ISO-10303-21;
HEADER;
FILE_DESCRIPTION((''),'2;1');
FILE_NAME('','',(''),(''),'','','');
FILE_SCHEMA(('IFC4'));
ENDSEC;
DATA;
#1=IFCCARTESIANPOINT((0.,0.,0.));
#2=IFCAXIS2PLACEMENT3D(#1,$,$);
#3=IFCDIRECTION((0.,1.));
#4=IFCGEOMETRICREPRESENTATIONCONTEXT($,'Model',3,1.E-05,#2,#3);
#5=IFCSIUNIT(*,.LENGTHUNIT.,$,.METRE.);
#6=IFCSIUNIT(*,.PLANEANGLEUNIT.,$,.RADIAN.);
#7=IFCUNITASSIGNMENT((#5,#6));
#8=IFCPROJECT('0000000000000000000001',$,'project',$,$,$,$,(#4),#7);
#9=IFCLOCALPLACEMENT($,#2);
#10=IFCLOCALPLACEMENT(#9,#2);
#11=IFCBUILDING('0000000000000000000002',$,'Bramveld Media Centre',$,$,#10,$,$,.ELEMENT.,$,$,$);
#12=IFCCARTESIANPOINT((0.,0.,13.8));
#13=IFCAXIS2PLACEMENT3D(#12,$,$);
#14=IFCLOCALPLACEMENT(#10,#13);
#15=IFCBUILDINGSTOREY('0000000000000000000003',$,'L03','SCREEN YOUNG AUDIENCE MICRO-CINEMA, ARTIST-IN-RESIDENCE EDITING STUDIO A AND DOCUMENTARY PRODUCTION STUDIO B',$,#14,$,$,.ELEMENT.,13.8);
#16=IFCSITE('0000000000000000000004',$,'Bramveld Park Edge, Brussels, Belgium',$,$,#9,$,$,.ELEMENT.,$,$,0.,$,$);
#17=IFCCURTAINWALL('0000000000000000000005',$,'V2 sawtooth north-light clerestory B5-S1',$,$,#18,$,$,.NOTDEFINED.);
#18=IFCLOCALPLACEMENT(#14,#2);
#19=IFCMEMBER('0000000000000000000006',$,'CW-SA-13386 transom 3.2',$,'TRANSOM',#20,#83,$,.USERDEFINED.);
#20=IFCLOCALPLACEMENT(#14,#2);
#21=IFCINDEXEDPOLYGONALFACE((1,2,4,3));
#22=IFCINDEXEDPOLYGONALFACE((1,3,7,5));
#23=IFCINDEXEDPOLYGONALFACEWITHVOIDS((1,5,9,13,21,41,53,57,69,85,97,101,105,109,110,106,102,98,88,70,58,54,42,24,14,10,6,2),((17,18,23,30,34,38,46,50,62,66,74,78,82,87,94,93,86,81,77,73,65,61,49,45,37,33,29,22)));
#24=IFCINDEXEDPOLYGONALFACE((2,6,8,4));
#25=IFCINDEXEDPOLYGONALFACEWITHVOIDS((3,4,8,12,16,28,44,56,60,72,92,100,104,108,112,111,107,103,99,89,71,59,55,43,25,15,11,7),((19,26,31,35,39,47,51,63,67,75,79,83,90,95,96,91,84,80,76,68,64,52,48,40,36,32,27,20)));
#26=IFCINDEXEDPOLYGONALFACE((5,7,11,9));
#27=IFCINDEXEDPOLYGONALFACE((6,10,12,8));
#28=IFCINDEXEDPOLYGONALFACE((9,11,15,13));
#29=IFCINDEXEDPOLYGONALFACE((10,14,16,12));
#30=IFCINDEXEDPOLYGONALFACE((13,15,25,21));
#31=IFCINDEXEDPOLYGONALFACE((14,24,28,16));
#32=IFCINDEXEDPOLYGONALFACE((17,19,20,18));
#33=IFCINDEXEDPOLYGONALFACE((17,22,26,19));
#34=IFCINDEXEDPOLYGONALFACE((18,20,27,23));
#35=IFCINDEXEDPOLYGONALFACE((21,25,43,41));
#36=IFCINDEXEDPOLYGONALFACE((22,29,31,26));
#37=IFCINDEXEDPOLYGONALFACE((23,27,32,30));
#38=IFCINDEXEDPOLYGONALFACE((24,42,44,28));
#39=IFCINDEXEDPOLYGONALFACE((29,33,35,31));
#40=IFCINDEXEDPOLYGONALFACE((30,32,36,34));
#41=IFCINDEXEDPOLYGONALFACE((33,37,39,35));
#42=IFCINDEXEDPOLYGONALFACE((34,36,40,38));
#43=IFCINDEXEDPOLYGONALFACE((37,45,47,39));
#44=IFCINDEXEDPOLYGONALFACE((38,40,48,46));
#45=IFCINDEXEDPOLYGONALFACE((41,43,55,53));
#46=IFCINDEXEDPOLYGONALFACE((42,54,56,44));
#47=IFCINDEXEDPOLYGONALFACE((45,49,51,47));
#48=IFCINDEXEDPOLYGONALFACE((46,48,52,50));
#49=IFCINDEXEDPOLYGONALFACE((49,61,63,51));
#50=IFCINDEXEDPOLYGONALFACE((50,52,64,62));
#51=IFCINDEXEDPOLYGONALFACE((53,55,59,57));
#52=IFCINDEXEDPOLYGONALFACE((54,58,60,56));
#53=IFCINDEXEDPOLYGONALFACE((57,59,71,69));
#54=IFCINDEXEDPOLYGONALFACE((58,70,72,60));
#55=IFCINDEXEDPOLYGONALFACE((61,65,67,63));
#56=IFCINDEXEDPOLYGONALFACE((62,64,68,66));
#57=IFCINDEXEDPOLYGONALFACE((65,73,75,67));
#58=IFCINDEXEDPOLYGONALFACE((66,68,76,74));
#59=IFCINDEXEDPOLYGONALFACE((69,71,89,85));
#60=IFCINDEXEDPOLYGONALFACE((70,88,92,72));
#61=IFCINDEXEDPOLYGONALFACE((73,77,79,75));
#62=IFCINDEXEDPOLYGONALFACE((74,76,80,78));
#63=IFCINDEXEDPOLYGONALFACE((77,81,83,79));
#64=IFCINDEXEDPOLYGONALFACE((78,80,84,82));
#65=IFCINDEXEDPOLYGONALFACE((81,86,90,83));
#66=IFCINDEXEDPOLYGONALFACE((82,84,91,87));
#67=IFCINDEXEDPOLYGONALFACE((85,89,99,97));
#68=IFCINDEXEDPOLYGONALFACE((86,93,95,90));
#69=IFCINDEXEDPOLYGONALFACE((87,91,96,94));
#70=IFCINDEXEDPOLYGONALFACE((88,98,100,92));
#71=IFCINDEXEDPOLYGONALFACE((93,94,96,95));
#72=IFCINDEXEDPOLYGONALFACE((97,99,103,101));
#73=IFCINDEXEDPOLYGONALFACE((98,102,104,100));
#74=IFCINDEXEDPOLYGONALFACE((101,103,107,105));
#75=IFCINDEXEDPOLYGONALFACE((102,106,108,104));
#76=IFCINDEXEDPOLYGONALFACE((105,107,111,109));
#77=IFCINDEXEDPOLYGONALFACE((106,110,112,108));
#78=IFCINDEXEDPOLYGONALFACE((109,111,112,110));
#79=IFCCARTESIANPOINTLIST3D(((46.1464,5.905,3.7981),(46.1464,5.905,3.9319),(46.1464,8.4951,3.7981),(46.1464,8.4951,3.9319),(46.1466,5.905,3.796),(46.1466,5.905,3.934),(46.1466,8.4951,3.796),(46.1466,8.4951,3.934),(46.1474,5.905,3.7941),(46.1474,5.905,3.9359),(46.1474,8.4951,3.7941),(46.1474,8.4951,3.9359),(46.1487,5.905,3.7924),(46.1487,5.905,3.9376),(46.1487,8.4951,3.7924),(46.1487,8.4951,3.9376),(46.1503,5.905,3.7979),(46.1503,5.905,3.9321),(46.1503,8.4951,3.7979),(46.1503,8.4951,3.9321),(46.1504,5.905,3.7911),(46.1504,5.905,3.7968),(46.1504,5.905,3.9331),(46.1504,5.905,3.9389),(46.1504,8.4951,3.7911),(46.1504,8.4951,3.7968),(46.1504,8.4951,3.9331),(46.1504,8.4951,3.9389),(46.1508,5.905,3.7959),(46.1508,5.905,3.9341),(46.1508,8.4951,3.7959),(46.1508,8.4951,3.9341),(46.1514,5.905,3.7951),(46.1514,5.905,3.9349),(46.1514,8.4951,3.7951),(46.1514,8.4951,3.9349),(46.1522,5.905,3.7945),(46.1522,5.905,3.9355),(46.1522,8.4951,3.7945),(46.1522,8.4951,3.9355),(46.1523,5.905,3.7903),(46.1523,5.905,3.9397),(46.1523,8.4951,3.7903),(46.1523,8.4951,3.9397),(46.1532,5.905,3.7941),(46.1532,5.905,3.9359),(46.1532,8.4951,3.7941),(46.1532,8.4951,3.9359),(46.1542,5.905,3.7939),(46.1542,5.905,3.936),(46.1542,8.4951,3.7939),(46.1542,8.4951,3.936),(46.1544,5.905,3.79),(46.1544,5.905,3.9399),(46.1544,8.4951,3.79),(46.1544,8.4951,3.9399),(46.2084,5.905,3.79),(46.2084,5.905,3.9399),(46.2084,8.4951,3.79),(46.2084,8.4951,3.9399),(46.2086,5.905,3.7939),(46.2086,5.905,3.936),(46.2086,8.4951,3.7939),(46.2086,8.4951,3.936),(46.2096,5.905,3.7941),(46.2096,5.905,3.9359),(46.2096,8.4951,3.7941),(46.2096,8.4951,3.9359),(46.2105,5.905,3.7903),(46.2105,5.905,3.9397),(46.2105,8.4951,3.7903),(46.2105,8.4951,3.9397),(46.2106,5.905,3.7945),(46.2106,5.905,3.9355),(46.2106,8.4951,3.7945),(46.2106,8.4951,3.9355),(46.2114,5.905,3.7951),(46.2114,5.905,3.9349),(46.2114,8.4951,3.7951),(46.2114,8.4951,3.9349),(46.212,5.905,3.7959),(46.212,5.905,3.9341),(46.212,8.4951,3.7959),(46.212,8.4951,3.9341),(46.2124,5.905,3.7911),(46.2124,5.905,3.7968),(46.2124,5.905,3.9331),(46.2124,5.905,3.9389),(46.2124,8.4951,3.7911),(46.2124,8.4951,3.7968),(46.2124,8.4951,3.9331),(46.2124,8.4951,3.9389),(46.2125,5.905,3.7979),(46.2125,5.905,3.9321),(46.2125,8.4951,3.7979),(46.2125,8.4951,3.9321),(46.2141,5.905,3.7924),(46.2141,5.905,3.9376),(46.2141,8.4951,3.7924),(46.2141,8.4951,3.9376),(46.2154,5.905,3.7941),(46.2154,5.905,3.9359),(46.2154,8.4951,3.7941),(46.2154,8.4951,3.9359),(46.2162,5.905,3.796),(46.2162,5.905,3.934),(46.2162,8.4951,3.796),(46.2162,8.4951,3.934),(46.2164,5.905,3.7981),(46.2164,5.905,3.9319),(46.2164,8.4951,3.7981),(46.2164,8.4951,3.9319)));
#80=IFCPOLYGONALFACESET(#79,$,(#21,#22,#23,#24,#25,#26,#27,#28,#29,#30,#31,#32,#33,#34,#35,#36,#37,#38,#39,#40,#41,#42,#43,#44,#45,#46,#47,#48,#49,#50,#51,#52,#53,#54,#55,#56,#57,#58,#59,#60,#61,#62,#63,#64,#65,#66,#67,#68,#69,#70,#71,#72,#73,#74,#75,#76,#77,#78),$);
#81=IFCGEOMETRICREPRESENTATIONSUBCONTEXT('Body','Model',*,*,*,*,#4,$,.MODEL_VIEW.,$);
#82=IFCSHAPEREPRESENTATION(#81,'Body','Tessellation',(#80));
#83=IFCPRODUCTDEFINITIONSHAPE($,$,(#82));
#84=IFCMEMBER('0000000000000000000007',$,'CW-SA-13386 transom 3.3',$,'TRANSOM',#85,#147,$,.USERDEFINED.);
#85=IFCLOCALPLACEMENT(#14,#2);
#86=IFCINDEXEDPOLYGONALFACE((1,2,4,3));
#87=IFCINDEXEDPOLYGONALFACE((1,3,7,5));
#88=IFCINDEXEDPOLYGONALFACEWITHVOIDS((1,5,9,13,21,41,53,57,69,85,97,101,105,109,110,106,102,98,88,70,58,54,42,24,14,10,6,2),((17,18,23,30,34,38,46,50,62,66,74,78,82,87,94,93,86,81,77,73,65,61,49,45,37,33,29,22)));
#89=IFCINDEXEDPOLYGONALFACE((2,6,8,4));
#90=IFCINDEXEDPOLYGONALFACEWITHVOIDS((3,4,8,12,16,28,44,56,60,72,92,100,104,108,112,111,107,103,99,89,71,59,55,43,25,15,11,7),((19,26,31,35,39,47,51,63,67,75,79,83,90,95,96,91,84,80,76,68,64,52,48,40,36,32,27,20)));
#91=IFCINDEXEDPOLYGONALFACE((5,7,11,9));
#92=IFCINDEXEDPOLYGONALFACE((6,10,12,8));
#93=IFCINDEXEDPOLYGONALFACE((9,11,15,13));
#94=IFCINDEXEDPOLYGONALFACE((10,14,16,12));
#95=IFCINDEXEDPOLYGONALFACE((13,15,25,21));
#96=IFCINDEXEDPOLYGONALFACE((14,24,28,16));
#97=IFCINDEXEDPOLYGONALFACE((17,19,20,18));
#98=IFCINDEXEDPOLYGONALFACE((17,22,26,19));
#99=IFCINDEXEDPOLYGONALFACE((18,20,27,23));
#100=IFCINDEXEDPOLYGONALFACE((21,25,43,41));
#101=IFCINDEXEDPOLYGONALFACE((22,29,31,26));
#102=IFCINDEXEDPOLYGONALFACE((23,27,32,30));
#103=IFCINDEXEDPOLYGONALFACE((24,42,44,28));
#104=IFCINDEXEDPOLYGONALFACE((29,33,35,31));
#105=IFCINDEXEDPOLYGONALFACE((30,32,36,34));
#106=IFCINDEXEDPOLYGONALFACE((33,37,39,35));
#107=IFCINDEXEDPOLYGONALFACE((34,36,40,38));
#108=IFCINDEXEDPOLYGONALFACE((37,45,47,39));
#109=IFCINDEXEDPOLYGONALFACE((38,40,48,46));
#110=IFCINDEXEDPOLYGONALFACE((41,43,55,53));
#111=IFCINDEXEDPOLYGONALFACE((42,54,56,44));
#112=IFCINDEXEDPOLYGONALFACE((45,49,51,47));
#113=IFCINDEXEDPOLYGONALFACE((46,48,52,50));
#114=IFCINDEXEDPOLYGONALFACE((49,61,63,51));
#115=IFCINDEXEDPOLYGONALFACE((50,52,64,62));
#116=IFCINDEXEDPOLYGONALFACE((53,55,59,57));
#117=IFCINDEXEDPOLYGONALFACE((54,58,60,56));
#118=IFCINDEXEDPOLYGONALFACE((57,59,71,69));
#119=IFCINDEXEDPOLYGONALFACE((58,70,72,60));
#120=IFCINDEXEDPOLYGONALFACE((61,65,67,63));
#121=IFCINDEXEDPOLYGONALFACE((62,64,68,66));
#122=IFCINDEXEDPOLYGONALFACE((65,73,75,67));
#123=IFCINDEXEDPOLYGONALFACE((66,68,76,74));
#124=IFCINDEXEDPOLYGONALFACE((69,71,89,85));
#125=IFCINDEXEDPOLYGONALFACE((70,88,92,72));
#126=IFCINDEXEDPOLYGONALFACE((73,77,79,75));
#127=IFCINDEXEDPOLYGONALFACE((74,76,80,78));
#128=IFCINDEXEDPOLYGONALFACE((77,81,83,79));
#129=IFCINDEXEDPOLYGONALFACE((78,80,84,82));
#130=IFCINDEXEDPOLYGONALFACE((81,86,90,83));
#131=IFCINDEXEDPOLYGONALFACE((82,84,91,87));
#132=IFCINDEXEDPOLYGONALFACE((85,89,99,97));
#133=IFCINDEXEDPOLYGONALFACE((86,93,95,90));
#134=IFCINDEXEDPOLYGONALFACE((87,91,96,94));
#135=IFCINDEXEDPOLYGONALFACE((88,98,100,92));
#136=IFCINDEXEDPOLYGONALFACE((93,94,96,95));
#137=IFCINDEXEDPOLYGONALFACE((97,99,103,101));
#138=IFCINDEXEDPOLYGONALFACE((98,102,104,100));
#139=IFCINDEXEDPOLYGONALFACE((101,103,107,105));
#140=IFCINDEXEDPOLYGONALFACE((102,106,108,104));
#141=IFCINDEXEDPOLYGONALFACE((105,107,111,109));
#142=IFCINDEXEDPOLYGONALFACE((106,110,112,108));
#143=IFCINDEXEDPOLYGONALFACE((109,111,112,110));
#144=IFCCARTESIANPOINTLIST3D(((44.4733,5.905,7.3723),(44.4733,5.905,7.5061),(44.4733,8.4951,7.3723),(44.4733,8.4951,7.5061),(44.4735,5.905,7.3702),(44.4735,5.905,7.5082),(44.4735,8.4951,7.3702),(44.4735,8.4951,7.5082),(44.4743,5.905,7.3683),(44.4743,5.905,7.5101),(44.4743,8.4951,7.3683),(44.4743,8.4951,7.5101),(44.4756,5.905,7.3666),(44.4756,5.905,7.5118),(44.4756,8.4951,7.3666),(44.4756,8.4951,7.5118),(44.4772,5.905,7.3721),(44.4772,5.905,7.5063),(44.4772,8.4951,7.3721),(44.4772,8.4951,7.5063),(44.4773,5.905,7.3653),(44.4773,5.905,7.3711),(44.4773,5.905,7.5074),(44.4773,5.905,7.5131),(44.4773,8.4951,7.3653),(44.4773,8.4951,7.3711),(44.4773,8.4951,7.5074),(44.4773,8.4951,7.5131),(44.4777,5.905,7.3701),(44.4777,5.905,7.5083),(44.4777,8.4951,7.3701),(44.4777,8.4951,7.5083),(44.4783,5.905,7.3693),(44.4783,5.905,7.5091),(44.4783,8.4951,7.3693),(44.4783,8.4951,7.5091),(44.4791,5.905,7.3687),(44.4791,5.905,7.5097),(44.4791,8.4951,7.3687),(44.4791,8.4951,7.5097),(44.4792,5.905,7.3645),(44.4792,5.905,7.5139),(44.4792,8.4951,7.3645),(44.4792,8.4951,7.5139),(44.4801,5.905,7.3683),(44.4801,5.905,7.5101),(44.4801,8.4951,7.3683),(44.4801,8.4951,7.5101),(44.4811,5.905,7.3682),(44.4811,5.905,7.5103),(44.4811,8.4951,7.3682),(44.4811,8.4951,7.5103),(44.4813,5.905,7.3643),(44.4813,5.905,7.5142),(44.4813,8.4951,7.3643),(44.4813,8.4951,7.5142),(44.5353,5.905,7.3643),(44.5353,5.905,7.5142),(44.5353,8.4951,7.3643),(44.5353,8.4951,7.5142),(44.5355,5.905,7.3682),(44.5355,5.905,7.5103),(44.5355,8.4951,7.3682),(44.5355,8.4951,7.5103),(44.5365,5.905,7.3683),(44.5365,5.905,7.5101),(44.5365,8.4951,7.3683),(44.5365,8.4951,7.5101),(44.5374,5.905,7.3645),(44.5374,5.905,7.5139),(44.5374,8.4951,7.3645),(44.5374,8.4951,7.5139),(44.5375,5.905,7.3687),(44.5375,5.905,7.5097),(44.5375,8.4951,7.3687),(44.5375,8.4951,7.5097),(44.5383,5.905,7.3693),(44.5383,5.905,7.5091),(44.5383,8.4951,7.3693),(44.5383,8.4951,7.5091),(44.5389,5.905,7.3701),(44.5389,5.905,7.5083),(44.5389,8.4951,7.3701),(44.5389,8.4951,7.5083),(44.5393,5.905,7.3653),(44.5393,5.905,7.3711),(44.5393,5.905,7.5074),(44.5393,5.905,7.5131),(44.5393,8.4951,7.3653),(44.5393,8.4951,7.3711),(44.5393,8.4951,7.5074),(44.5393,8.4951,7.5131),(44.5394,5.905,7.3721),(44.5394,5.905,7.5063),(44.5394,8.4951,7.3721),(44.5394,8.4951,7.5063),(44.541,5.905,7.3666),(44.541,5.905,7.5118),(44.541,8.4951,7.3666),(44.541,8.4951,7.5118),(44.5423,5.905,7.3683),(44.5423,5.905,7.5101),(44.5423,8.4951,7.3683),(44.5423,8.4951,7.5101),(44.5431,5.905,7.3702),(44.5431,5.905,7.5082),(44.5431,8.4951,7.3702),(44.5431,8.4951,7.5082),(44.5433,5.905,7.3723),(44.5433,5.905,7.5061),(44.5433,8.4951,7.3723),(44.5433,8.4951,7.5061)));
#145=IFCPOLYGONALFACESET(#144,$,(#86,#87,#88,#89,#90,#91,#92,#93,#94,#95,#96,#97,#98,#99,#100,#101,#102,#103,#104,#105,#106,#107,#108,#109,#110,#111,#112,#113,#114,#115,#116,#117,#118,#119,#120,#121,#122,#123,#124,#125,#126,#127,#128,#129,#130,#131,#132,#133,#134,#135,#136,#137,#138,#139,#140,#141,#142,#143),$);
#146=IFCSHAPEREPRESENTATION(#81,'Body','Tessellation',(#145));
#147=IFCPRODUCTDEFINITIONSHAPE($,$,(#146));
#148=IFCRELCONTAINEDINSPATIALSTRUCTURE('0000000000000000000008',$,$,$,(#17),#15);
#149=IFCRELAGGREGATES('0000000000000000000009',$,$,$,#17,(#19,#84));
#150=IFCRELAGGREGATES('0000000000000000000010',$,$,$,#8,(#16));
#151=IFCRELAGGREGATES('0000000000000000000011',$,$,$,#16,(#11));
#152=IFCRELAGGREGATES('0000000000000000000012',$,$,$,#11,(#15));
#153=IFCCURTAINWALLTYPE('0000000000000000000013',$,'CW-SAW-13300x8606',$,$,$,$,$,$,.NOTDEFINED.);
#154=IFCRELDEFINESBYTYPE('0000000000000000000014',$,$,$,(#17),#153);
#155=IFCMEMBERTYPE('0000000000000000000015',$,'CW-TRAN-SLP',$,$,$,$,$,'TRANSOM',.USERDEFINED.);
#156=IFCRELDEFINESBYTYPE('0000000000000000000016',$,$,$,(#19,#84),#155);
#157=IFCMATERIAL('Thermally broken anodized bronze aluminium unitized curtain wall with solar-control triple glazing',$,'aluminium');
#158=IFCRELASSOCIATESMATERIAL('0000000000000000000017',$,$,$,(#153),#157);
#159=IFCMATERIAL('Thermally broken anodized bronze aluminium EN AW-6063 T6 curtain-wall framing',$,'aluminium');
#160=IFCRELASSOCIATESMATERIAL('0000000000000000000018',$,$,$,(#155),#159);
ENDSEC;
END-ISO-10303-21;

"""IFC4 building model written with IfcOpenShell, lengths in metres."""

from ifc_helpers import new_model, si_unit, direction, frame, origin, origin_2d, place, context, subcontext, project, spatial, hollow_rectangle, extrude, material, material_profile, profile_set, type_object, element, aggregate, save


model = new_model("IFC4")

# Units and contexts
model_context = context("Model", 3, precision=1e-05, world=origin(), true_north=direction((0.0, 1.0)))
body_context = subcontext(model_context, "Body", "Model", "MODEL_VIEW")
ifc_project = project(units=[si_unit("LENGTHUNIT", "METRE"), si_unit("PLANEANGLEUNIT", "RADIAN")], contexts=[model_context])

# Site, building, storey
site_placement = place(None, origin())
site = spatial("IfcSite", under=ifc_project, at=site_placement, Name="Bramveld Park Edge, Brussels, Belgium", CompositionType="ELEMENT", RefElevation=0.0)
building_placement = place(site_placement, origin())
building = spatial("IfcBuilding", under=site, at=building_placement, Name="Bramveld Media Centre", CompositionType="ELEMENT")
storey_placement = place(building_placement, frame((0.0, 0.0, 13.8)))
storey = spatial("IfcBuildingStorey", under=building, at=storey_placement, Name="L03", Description="SCREEN YOUNG AUDIENCE MICRO-CINEMA, ARTIST-IN-RESIDENCE EDITING STUDIO A AND DOCUMENTARY PRODUCTION STUDIO B", CompositionType="ELEMENT", Elevation=13.8)

# Curtain wall, members
ifc_material_1 = material(Name="Thermally broken anodized bronze aluminium unitized curtain wall with solar-control triple glazing", Category="aluminium")
curtain_wall_type = type_object("IfcCurtainWallType", Name="CW-SAW-13300x8606", PredefinedType="NOTDEFINED", material=ifc_material_1)
curtain_wall_placement = place(storey_placement, origin())
curtain_wall = element("IfcCurtainWall", 1, at=curtain_wall_placement, inside=storey, type_object=curtain_wall_type, Name="V2 sawtooth north-light clerestory B5-S1", PredefinedType="NOTDEFINED")
ifc_material_2 = material(Name="Thermally broken anodized bronze aluminium EN AW-6063 T6 curtain-wall framing", Category="aluminium")
ifc_material_profile_1 = material_profile(ifc_material_2, hollow_rectangle(XDim=0.0701, YDim=0.1499, WallThickness=0.0039, InnerFilletRadius=0.0039, OuterFilletRadius=0.0081, at=origin_2d()), Name="AL-TRAN 70x150")
ifc_profile_set_1 = profile_set([ifc_material_profile_1], Name="Thermally broken anodized bronze aluminium EN AW-6063 T6 curtain-wall framing")
member_type = type_object("IfcMemberType", Name="CW-TRAN-SLP", ElementType="TRANSOM", PredefinedType="USERDEFINED", material=ifc_profile_set_1)
member_1_placement = place(storey_placement, frame((46.1814, 5.905, 3.865), z_axis=(0.0, 1.0, 0.0), x_axis=(-1.0, 0.0, 0.0)))
member_1 = element("IfcMember", 2, at=member_1_placement, type_object=member_type, Name="CW-SA-13386 transom 3.2", ObjectType="TRANSOM", PredefinedType="USERDEFINED", context=body_context, shape_type="SweptSolid", body=[
    extrude(hollow_rectangle(XDim=0.0701, YDim=0.1499, WallThickness=0.0039, InnerFilletRadius=0.0039, OuterFilletRadius=0.0081, at=origin_2d()), origin(), (0.0, 0.0, 1.0), 2.5901),
])
member_2_placement = place(storey_placement, frame((44.5083, 5.905, 7.4392), z_axis=(0.0, 1.0, 0.0), x_axis=(-1.0, 0.0, 0.0)))
member_2 = element("IfcMember", 3, at=member_2_placement, type_object=member_type, Name="CW-SA-13386 transom 3.3", ObjectType="TRANSOM", PredefinedType="USERDEFINED", context=body_context, shape_type="SweptSolid", body=[
    extrude(hollow_rectangle(XDim=0.0701, YDim=0.1499, WallThickness=0.0039, InnerFilletRadius=0.0039, OuterFilletRadius=0.0081, at=origin_2d()), origin(), (0.0, 0.0, 1.0), 2.5901),
])

aggregate(curtain_wall, [member_1, member_2])

save(model, "model.ifc")
